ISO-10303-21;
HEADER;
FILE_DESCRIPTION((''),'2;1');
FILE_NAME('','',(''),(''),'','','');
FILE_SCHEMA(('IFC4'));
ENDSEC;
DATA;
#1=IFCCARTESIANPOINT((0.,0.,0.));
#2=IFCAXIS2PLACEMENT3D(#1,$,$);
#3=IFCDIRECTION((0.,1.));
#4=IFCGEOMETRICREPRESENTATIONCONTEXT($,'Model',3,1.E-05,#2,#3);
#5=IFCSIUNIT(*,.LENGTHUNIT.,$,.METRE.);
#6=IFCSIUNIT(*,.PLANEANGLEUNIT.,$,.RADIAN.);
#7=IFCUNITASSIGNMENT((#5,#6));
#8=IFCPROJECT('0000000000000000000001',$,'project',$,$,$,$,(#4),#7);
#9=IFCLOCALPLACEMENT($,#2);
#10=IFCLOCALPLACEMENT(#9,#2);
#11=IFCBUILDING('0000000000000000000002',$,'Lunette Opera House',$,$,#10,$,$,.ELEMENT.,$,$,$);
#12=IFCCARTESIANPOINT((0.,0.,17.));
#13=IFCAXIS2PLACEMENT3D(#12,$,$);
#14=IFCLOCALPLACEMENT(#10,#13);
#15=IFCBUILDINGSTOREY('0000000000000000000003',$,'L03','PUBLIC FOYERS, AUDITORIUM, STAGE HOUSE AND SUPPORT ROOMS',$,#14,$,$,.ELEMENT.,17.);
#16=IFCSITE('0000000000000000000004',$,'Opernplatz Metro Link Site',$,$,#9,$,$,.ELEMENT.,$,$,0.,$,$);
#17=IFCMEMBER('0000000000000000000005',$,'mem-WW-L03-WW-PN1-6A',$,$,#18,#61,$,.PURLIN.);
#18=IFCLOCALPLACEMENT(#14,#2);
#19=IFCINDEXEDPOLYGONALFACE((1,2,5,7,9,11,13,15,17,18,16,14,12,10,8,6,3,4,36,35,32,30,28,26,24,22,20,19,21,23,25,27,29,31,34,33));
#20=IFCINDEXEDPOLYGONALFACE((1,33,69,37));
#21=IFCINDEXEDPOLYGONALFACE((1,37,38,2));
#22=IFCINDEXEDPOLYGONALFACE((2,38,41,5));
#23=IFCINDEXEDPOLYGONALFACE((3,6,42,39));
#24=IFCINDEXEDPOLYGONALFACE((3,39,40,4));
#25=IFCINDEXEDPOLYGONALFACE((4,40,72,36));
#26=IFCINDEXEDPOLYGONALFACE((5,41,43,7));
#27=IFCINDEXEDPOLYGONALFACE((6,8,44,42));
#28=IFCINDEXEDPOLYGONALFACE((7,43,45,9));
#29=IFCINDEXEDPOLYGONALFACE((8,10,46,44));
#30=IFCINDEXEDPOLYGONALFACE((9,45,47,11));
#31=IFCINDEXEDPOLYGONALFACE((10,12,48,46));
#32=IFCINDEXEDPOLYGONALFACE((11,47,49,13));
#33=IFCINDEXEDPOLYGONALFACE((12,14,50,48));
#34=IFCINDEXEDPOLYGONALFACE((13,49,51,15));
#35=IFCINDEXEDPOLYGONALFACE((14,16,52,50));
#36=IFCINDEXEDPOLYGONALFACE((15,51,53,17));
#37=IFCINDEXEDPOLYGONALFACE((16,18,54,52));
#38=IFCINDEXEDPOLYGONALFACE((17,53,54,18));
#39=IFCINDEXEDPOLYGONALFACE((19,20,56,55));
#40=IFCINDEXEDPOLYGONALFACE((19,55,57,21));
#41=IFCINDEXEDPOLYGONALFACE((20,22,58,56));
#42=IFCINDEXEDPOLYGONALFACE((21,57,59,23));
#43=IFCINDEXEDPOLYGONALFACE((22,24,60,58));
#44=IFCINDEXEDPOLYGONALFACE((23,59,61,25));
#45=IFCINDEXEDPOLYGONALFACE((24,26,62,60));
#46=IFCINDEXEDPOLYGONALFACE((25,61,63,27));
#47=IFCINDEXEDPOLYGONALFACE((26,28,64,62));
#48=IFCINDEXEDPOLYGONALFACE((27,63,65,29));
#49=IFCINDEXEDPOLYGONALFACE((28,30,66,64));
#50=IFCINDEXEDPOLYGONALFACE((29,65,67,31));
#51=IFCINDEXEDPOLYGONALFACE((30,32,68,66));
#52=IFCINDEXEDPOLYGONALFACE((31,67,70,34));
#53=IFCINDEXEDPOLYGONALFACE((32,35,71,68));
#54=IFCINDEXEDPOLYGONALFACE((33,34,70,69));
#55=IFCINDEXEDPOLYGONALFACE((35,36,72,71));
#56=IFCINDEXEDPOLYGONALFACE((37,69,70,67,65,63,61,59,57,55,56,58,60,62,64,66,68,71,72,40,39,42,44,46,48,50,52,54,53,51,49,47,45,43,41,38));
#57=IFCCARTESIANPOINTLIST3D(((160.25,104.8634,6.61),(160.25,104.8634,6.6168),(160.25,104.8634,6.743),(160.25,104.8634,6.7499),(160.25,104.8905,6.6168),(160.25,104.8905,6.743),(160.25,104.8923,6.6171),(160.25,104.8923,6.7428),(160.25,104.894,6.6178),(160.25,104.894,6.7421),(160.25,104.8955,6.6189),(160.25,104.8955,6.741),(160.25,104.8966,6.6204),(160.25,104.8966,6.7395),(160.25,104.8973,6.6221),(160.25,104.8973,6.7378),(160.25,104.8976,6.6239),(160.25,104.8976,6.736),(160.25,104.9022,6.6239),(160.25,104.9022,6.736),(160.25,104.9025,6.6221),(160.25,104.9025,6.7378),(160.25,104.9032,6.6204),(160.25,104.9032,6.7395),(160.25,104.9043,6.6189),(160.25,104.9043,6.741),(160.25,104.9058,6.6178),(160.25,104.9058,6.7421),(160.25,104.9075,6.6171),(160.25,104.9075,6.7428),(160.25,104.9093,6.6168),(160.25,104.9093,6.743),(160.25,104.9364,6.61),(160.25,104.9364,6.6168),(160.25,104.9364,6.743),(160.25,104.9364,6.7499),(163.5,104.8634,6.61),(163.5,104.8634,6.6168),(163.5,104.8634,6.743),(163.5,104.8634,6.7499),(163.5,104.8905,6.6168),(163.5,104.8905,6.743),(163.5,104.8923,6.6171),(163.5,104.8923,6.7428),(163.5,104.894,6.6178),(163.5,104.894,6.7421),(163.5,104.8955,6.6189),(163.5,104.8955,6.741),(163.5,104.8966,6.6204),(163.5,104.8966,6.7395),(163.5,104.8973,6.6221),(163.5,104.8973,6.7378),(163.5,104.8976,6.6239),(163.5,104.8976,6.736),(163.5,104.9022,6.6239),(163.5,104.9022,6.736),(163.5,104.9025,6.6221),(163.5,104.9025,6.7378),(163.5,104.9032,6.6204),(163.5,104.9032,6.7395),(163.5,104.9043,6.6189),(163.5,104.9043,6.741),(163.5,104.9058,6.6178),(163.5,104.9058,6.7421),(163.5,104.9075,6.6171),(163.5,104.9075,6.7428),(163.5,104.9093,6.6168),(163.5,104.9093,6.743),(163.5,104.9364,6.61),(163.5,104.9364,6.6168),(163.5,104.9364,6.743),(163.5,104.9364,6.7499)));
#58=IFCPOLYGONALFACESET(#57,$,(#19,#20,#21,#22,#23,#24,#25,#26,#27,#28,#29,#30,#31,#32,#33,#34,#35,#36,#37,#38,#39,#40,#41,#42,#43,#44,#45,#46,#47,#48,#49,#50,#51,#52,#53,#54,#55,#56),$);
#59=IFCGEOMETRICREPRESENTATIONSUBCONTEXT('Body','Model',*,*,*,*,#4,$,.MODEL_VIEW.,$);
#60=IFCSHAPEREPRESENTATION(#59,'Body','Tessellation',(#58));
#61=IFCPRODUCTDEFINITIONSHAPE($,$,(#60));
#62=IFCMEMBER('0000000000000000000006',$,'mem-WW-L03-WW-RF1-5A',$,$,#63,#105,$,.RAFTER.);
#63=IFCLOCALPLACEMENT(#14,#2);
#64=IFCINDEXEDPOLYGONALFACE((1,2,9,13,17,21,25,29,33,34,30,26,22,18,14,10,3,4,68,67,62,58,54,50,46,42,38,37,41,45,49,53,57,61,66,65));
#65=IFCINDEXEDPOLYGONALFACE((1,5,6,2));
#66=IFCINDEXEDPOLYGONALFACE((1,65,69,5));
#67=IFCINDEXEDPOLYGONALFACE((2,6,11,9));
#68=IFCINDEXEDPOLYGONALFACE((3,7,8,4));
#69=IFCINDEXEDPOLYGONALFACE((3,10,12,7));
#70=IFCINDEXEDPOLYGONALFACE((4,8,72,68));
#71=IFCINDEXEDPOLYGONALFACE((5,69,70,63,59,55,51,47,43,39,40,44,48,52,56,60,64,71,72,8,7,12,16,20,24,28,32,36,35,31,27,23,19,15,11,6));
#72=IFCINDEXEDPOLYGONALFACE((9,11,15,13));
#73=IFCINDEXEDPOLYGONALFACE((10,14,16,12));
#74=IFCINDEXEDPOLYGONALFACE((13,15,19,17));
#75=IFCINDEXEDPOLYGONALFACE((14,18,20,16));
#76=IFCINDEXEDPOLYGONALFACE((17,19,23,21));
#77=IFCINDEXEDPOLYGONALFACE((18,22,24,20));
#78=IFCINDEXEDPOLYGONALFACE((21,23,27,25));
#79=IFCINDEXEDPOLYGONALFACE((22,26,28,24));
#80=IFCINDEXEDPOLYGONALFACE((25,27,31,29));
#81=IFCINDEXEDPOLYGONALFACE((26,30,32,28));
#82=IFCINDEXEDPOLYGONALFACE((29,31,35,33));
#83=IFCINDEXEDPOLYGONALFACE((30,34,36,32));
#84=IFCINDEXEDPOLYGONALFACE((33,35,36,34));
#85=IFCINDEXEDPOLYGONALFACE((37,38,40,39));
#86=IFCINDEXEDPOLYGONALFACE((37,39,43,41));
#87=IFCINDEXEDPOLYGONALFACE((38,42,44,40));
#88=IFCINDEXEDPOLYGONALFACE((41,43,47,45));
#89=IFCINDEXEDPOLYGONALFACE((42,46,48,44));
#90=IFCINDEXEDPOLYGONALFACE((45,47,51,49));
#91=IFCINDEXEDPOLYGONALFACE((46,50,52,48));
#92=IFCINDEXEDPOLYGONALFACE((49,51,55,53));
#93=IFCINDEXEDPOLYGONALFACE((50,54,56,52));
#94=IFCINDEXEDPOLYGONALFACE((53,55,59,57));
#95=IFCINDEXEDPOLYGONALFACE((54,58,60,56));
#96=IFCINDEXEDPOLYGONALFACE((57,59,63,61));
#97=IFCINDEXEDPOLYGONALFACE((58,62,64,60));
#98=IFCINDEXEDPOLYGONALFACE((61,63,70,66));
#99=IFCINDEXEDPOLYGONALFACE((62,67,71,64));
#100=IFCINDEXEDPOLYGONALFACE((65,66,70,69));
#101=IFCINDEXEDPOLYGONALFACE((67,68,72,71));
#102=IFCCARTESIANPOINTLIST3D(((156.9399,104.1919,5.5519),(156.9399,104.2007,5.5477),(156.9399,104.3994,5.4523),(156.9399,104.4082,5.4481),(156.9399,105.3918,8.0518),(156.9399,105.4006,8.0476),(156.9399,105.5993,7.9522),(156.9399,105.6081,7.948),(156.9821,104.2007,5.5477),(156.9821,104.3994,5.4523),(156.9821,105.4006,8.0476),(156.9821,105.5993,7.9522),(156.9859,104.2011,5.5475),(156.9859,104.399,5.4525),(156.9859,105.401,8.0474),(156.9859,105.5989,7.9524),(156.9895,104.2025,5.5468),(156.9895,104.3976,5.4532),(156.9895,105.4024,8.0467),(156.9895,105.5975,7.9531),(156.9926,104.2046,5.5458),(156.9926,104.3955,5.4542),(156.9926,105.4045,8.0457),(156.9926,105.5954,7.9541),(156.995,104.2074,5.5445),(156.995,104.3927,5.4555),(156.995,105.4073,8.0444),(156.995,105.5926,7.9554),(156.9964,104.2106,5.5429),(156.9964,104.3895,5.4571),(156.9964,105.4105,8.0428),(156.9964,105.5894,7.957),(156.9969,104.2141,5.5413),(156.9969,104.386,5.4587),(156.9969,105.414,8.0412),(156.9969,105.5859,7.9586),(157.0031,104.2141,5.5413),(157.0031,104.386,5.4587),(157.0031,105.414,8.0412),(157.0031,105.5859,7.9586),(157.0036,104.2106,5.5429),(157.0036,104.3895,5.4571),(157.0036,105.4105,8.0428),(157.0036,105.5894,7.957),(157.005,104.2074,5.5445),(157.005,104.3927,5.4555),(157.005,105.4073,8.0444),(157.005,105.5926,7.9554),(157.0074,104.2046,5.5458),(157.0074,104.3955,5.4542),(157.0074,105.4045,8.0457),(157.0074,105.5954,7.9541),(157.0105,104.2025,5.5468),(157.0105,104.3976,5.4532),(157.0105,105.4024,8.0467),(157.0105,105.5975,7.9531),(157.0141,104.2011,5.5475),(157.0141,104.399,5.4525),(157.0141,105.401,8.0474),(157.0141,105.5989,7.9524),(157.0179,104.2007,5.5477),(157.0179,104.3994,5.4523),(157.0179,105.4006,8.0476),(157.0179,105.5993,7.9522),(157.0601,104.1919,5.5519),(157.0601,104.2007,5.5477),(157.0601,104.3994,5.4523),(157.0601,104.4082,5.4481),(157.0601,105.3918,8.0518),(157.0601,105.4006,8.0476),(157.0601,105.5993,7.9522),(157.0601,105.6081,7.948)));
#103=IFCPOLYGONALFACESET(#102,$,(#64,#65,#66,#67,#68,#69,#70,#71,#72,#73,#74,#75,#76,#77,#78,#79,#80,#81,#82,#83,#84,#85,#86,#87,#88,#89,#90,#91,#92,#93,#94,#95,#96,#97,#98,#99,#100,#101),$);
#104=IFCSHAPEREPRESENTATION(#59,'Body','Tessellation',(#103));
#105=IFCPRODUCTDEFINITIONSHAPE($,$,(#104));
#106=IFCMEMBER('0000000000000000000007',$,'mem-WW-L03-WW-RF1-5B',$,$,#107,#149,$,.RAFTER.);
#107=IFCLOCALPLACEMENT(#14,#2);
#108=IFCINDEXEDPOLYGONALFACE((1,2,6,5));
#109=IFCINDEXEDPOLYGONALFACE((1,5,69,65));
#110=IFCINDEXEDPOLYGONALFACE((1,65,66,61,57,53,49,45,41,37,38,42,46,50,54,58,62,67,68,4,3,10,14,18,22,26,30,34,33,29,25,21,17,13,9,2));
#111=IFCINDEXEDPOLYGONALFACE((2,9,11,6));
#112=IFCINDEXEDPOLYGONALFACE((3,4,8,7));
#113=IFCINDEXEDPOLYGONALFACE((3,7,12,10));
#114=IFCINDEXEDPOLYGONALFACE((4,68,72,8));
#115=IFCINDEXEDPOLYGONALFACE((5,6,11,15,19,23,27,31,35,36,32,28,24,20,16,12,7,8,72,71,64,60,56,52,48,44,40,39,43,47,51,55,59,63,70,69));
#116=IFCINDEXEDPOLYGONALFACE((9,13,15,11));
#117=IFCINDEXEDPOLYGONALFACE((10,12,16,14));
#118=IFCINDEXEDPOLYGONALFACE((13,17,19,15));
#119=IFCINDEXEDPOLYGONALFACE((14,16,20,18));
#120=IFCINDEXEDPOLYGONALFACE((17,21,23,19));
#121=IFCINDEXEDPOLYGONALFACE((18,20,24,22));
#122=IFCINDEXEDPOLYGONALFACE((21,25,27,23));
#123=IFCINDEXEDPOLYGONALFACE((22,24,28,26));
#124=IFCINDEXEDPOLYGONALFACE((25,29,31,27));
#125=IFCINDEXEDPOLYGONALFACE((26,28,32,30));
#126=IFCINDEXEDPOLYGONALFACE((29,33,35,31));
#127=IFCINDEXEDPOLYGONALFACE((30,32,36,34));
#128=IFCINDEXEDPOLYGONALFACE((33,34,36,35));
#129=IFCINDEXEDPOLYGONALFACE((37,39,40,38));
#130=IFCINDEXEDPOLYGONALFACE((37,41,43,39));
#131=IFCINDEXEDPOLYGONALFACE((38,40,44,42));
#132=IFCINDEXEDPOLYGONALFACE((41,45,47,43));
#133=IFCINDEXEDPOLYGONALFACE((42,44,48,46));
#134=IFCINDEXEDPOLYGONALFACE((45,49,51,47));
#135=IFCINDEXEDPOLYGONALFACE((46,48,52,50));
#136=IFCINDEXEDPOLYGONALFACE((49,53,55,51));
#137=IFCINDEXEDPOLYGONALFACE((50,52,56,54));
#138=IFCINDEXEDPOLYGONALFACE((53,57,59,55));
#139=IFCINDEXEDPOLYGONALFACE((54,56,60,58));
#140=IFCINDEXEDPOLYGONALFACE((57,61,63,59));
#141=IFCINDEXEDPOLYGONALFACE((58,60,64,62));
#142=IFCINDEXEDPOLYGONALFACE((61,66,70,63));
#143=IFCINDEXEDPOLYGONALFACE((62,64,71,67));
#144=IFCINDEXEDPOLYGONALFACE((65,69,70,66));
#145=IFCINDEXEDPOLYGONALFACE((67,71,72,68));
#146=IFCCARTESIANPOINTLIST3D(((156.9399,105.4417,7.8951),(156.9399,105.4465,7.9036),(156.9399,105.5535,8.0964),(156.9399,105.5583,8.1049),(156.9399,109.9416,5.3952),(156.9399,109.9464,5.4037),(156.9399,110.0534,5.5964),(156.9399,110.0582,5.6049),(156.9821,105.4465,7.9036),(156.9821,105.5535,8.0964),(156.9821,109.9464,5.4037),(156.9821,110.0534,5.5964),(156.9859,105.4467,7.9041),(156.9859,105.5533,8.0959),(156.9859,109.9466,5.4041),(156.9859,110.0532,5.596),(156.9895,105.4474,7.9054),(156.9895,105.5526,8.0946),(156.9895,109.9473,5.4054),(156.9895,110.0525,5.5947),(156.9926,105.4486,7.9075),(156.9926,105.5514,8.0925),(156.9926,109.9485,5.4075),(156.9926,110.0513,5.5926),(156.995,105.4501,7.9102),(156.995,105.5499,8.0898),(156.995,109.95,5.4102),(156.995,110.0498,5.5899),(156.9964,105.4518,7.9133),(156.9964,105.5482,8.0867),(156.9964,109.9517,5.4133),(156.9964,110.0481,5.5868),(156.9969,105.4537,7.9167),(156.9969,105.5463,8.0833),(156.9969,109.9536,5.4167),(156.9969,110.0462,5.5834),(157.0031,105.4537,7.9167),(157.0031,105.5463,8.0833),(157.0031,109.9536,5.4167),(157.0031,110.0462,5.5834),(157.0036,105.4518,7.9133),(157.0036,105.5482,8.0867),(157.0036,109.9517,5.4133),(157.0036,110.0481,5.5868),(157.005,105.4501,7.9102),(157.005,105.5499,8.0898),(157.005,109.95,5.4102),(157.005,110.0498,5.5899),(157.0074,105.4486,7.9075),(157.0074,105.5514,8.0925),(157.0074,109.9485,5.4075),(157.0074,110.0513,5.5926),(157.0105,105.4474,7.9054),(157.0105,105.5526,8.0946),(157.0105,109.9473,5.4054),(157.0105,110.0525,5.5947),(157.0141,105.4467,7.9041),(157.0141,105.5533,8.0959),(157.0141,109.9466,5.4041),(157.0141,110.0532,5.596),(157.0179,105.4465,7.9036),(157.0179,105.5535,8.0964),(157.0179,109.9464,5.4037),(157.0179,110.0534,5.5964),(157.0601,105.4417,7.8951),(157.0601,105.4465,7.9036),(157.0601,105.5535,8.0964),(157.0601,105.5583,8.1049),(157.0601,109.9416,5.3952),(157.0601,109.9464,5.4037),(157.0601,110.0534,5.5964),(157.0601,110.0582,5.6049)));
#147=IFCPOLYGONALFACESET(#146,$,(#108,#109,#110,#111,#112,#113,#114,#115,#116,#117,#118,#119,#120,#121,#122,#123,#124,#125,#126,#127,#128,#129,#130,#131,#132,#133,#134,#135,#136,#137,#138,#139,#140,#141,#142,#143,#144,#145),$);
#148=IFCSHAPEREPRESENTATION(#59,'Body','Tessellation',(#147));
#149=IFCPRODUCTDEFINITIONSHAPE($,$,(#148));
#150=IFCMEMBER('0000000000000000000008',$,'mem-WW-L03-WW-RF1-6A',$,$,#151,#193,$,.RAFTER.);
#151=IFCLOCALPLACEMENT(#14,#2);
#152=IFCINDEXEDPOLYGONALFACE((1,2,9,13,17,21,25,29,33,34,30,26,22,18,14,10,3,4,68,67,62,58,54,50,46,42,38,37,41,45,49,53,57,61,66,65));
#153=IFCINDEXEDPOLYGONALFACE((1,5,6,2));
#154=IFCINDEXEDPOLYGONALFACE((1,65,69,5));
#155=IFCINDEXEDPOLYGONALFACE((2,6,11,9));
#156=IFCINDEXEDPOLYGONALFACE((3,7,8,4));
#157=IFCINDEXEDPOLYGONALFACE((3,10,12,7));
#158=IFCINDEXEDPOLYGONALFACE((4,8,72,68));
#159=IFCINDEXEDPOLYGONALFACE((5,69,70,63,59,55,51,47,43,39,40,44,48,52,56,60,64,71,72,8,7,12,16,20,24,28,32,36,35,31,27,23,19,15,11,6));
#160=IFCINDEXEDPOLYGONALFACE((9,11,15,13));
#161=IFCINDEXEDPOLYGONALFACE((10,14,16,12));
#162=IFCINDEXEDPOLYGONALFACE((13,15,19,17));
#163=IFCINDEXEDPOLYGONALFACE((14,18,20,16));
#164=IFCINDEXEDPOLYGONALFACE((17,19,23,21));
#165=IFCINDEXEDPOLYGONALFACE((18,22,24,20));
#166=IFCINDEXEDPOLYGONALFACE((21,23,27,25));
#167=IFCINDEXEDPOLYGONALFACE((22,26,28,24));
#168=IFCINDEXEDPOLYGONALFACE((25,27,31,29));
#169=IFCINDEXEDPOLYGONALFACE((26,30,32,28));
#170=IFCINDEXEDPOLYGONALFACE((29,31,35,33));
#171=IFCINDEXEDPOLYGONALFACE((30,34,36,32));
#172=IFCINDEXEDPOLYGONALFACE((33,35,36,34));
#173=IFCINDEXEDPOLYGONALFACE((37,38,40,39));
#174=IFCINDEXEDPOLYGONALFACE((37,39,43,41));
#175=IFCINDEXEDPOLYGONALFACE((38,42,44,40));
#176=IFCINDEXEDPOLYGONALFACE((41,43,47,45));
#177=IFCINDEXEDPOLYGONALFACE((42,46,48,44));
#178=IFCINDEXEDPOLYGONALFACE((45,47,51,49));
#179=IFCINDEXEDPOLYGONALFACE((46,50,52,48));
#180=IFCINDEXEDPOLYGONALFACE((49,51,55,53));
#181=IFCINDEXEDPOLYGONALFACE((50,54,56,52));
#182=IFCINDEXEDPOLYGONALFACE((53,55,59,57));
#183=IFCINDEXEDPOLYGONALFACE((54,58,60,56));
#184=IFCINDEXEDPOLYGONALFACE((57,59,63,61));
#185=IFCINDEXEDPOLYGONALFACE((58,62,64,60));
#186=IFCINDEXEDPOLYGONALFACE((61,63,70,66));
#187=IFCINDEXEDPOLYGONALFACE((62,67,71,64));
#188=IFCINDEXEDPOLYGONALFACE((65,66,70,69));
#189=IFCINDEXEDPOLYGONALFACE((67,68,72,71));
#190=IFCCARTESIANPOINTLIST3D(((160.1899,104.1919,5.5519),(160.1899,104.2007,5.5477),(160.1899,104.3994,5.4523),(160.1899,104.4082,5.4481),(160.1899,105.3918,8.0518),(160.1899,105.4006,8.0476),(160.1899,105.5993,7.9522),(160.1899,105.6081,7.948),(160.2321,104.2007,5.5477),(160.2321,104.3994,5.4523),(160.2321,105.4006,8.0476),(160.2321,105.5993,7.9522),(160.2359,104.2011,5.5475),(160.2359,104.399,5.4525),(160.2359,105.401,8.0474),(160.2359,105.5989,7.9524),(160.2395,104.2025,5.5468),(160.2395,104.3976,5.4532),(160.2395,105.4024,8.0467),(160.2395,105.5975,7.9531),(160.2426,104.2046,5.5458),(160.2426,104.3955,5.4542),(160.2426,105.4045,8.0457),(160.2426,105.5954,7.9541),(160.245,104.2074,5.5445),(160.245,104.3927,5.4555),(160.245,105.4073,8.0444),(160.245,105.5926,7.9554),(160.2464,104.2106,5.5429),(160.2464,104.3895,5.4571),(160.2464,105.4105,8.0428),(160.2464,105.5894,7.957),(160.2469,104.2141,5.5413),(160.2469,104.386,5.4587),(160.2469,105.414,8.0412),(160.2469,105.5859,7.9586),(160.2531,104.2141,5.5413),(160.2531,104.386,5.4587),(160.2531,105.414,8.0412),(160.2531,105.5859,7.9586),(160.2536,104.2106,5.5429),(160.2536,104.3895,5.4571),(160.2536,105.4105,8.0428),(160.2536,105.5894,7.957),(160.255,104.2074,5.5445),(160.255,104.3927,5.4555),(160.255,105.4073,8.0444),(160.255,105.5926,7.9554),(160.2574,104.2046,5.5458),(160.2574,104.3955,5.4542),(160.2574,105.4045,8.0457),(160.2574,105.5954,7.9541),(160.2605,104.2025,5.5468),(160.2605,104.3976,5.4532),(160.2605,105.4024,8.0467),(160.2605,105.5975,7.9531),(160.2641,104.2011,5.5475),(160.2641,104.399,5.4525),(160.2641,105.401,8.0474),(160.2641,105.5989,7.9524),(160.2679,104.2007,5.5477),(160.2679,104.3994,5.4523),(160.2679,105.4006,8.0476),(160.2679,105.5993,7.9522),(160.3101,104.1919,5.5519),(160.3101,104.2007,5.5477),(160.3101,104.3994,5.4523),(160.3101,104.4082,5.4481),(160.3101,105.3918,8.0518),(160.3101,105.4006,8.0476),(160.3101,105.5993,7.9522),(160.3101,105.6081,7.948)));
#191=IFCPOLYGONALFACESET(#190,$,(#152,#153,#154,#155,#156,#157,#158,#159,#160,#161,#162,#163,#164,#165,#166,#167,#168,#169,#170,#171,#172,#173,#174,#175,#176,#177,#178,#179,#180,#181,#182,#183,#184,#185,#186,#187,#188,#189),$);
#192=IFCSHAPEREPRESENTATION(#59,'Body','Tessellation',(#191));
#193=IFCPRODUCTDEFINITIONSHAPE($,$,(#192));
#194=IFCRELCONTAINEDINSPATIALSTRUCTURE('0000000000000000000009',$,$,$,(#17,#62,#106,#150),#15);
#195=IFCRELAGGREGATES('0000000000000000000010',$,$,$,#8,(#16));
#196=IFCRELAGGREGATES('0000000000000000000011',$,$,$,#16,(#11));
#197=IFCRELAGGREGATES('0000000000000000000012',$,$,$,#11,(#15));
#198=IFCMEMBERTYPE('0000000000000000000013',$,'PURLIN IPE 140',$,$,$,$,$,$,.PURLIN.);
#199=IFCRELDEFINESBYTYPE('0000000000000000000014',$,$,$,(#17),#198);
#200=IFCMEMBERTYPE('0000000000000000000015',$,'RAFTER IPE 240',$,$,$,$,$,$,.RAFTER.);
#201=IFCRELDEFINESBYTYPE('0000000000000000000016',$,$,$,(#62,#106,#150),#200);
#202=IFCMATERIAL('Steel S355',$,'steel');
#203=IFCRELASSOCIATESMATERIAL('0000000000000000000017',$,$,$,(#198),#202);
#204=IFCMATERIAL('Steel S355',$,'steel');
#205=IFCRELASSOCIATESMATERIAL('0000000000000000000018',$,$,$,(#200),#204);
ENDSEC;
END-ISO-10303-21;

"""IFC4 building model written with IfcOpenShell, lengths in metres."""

from ifc_helpers import new_model, si_unit, direction, frame, origin, origin_2d, place, context, subcontext, project, spatial, i_section, extrude, material, material_profile, profile_set, type_object, element, save


model = new_model("IFC4")

# Units and contexts
model_context = context("Model", 3, precision=1e-05, world=origin(), true_north=direction((0.0, 1.0)))
body_context = subcontext(model_context, "Body", "Model", "MODEL_VIEW")
ifc_project = project(units=[si_unit("LENGTHUNIT", "METRE"), si_unit("PLANEANGLEUNIT", "RADIAN")], contexts=[model_context])

# Site, building, storey
site_placement = place(None, origin())
site = spatial("IfcSite", under=ifc_project, at=site_placement, Name="Opernplatz Metro Link Site", CompositionType="ELEMENT", RefElevation=0.0)
building_placement = place(site_placement, origin())
building = spatial("IfcBuilding", under=site, at=building_placement, Name="Lunette Opera House", CompositionType="ELEMENT")
storey_placement = place(building_placement, frame((0.0, 0.0, 17.0)))
storey = spatial("IfcBuildingStorey", under=building, at=storey_placement, Name="L03", Description="PUBLIC FOYERS, AUDITORIUM, STAGE HOUSE AND SUPPORT ROOMS", CompositionType="ELEMENT", Elevation=17.0)

# Members
ifc_material_1 = material(Name="Steel S355", Category="steel")
ifc_material_profile_1 = material_profile(ifc_material_1, i_section(OverallWidth=0.073, OverallDepth=0.1399, WebThickness=0.0046, FlangeThickness=0.0068, FilletRadius=0.0071, at=origin_2d()), Name="IPE 140")
ifc_profile_set_1 = profile_set([ifc_material_profile_1], Name="Steel S355")
member_type_1 = type_object("IfcMemberType", Name="PURLIN IPE 140", PredefinedType="PURLIN", material=ifc_profile_set_1)
for number, where, z_axis, x_axis, name in (
    (1, (160.25, 104.8999, 6.6799), (1.0, 0.0, 0.0), (0.0, 1.0, 0.0), "mem-WW-L03-WW-PN1-6A"),
):
    element("IfcMember", number, at=place(storey_placement, frame(where, z_axis=z_axis, x_axis=x_axis)), inside=storey, type_object=member_type_1, Name=name, PredefinedType="PURLIN", context=body_context, shape_type="SweptSolid", body=[
        extrude(i_section(OverallWidth=0.073, OverallDepth=0.1399, WebThickness=0.0046, FlangeThickness=0.0068, FilletRadius=0.0071, at=origin_2d()), origin(), (0.0, 0.0, 1.0), 3.25),
    ])
ifc_material_2 = material(Name="Steel S355", Category="steel")
ifc_material_profile_2 = material_profile(ifc_material_2, i_section(OverallWidth=0.1201, OverallDepth=0.24, WebThickness=0.0061, FlangeThickness=0.0098, FilletRadius=0.0149, at=origin_2d()), Name="IPE 240")
ifc_profile_set_2 = profile_set([ifc_material_profile_2], Name="Steel S355")
member_type_2 = type_object("IfcMemberType", Name="RAFTER IPE 240", PredefinedType="RAFTER", material=ifc_profile_set_2)
member_1_placement = place(storey_placement, frame((157.0, 104.3, 5.5), z_axis=(0.0, 0.432717, 0.90153), x_axis=(-1.0, 0.0, 0.0)))
element("IfcMember", 2, at=member_1_placement, inside=storey, type_object=member_type_2, Name="mem-WW-L03-WW-RF1-5A", PredefinedType="RAFTER", context=body_context, shape_type="SweptSolid", body=[
    extrude(i_section(OverallWidth=0.1201, OverallDepth=0.24, WebThickness=0.0061, FlangeThickness=0.0098, FilletRadius=0.0149, at=origin_2d()), origin(), (0.0, 0.0, 1.0), 2.7729),
])
member_2_placement = place(storey_placement, frame((157.0, 105.5, 8.0), z_axis=(0.0, 0.874157, -0.485643), x_axis=(-1.0, 0.0, 0.0)))
element("IfcMember", 3, at=member_2_placement, inside=storey, type_object=member_type_2, Name="mem-WW-L03-WW-RF1-5B", PredefinedType="RAFTER", context=body_context, shape_type="SweptSolid", body=[
    extrude(i_section(OverallWidth=0.1201, OverallDepth=0.24, WebThickness=0.0061, FlangeThickness=0.0098, FilletRadius=0.0149, at=origin_2d()), origin(), (0.0, 0.0, 1.0), 5.1477),
])
member_3_placement = place(storey_placement, frame((160.25, 104.3, 5.5), z_axis=(0.0, 0.432717, 0.90153), x_axis=(-1.0, 0.0, 0.0)))
element("IfcMember", 4, at=member_3_placement, inside=storey, type_object=member_type_2, Name="mem-WW-L03-WW-RF1-6A", PredefinedType="RAFTER", context=body_context, shape_type="SweptSolid", body=[
    extrude(i_section(OverallWidth=0.1201, OverallDepth=0.24, WebThickness=0.0061, FlangeThickness=0.0098, FilletRadius=0.0149, at=origin_2d()), origin(), (0.0, 0.0, 1.0), 2.7729),
])

save(model, "model.ifc")
